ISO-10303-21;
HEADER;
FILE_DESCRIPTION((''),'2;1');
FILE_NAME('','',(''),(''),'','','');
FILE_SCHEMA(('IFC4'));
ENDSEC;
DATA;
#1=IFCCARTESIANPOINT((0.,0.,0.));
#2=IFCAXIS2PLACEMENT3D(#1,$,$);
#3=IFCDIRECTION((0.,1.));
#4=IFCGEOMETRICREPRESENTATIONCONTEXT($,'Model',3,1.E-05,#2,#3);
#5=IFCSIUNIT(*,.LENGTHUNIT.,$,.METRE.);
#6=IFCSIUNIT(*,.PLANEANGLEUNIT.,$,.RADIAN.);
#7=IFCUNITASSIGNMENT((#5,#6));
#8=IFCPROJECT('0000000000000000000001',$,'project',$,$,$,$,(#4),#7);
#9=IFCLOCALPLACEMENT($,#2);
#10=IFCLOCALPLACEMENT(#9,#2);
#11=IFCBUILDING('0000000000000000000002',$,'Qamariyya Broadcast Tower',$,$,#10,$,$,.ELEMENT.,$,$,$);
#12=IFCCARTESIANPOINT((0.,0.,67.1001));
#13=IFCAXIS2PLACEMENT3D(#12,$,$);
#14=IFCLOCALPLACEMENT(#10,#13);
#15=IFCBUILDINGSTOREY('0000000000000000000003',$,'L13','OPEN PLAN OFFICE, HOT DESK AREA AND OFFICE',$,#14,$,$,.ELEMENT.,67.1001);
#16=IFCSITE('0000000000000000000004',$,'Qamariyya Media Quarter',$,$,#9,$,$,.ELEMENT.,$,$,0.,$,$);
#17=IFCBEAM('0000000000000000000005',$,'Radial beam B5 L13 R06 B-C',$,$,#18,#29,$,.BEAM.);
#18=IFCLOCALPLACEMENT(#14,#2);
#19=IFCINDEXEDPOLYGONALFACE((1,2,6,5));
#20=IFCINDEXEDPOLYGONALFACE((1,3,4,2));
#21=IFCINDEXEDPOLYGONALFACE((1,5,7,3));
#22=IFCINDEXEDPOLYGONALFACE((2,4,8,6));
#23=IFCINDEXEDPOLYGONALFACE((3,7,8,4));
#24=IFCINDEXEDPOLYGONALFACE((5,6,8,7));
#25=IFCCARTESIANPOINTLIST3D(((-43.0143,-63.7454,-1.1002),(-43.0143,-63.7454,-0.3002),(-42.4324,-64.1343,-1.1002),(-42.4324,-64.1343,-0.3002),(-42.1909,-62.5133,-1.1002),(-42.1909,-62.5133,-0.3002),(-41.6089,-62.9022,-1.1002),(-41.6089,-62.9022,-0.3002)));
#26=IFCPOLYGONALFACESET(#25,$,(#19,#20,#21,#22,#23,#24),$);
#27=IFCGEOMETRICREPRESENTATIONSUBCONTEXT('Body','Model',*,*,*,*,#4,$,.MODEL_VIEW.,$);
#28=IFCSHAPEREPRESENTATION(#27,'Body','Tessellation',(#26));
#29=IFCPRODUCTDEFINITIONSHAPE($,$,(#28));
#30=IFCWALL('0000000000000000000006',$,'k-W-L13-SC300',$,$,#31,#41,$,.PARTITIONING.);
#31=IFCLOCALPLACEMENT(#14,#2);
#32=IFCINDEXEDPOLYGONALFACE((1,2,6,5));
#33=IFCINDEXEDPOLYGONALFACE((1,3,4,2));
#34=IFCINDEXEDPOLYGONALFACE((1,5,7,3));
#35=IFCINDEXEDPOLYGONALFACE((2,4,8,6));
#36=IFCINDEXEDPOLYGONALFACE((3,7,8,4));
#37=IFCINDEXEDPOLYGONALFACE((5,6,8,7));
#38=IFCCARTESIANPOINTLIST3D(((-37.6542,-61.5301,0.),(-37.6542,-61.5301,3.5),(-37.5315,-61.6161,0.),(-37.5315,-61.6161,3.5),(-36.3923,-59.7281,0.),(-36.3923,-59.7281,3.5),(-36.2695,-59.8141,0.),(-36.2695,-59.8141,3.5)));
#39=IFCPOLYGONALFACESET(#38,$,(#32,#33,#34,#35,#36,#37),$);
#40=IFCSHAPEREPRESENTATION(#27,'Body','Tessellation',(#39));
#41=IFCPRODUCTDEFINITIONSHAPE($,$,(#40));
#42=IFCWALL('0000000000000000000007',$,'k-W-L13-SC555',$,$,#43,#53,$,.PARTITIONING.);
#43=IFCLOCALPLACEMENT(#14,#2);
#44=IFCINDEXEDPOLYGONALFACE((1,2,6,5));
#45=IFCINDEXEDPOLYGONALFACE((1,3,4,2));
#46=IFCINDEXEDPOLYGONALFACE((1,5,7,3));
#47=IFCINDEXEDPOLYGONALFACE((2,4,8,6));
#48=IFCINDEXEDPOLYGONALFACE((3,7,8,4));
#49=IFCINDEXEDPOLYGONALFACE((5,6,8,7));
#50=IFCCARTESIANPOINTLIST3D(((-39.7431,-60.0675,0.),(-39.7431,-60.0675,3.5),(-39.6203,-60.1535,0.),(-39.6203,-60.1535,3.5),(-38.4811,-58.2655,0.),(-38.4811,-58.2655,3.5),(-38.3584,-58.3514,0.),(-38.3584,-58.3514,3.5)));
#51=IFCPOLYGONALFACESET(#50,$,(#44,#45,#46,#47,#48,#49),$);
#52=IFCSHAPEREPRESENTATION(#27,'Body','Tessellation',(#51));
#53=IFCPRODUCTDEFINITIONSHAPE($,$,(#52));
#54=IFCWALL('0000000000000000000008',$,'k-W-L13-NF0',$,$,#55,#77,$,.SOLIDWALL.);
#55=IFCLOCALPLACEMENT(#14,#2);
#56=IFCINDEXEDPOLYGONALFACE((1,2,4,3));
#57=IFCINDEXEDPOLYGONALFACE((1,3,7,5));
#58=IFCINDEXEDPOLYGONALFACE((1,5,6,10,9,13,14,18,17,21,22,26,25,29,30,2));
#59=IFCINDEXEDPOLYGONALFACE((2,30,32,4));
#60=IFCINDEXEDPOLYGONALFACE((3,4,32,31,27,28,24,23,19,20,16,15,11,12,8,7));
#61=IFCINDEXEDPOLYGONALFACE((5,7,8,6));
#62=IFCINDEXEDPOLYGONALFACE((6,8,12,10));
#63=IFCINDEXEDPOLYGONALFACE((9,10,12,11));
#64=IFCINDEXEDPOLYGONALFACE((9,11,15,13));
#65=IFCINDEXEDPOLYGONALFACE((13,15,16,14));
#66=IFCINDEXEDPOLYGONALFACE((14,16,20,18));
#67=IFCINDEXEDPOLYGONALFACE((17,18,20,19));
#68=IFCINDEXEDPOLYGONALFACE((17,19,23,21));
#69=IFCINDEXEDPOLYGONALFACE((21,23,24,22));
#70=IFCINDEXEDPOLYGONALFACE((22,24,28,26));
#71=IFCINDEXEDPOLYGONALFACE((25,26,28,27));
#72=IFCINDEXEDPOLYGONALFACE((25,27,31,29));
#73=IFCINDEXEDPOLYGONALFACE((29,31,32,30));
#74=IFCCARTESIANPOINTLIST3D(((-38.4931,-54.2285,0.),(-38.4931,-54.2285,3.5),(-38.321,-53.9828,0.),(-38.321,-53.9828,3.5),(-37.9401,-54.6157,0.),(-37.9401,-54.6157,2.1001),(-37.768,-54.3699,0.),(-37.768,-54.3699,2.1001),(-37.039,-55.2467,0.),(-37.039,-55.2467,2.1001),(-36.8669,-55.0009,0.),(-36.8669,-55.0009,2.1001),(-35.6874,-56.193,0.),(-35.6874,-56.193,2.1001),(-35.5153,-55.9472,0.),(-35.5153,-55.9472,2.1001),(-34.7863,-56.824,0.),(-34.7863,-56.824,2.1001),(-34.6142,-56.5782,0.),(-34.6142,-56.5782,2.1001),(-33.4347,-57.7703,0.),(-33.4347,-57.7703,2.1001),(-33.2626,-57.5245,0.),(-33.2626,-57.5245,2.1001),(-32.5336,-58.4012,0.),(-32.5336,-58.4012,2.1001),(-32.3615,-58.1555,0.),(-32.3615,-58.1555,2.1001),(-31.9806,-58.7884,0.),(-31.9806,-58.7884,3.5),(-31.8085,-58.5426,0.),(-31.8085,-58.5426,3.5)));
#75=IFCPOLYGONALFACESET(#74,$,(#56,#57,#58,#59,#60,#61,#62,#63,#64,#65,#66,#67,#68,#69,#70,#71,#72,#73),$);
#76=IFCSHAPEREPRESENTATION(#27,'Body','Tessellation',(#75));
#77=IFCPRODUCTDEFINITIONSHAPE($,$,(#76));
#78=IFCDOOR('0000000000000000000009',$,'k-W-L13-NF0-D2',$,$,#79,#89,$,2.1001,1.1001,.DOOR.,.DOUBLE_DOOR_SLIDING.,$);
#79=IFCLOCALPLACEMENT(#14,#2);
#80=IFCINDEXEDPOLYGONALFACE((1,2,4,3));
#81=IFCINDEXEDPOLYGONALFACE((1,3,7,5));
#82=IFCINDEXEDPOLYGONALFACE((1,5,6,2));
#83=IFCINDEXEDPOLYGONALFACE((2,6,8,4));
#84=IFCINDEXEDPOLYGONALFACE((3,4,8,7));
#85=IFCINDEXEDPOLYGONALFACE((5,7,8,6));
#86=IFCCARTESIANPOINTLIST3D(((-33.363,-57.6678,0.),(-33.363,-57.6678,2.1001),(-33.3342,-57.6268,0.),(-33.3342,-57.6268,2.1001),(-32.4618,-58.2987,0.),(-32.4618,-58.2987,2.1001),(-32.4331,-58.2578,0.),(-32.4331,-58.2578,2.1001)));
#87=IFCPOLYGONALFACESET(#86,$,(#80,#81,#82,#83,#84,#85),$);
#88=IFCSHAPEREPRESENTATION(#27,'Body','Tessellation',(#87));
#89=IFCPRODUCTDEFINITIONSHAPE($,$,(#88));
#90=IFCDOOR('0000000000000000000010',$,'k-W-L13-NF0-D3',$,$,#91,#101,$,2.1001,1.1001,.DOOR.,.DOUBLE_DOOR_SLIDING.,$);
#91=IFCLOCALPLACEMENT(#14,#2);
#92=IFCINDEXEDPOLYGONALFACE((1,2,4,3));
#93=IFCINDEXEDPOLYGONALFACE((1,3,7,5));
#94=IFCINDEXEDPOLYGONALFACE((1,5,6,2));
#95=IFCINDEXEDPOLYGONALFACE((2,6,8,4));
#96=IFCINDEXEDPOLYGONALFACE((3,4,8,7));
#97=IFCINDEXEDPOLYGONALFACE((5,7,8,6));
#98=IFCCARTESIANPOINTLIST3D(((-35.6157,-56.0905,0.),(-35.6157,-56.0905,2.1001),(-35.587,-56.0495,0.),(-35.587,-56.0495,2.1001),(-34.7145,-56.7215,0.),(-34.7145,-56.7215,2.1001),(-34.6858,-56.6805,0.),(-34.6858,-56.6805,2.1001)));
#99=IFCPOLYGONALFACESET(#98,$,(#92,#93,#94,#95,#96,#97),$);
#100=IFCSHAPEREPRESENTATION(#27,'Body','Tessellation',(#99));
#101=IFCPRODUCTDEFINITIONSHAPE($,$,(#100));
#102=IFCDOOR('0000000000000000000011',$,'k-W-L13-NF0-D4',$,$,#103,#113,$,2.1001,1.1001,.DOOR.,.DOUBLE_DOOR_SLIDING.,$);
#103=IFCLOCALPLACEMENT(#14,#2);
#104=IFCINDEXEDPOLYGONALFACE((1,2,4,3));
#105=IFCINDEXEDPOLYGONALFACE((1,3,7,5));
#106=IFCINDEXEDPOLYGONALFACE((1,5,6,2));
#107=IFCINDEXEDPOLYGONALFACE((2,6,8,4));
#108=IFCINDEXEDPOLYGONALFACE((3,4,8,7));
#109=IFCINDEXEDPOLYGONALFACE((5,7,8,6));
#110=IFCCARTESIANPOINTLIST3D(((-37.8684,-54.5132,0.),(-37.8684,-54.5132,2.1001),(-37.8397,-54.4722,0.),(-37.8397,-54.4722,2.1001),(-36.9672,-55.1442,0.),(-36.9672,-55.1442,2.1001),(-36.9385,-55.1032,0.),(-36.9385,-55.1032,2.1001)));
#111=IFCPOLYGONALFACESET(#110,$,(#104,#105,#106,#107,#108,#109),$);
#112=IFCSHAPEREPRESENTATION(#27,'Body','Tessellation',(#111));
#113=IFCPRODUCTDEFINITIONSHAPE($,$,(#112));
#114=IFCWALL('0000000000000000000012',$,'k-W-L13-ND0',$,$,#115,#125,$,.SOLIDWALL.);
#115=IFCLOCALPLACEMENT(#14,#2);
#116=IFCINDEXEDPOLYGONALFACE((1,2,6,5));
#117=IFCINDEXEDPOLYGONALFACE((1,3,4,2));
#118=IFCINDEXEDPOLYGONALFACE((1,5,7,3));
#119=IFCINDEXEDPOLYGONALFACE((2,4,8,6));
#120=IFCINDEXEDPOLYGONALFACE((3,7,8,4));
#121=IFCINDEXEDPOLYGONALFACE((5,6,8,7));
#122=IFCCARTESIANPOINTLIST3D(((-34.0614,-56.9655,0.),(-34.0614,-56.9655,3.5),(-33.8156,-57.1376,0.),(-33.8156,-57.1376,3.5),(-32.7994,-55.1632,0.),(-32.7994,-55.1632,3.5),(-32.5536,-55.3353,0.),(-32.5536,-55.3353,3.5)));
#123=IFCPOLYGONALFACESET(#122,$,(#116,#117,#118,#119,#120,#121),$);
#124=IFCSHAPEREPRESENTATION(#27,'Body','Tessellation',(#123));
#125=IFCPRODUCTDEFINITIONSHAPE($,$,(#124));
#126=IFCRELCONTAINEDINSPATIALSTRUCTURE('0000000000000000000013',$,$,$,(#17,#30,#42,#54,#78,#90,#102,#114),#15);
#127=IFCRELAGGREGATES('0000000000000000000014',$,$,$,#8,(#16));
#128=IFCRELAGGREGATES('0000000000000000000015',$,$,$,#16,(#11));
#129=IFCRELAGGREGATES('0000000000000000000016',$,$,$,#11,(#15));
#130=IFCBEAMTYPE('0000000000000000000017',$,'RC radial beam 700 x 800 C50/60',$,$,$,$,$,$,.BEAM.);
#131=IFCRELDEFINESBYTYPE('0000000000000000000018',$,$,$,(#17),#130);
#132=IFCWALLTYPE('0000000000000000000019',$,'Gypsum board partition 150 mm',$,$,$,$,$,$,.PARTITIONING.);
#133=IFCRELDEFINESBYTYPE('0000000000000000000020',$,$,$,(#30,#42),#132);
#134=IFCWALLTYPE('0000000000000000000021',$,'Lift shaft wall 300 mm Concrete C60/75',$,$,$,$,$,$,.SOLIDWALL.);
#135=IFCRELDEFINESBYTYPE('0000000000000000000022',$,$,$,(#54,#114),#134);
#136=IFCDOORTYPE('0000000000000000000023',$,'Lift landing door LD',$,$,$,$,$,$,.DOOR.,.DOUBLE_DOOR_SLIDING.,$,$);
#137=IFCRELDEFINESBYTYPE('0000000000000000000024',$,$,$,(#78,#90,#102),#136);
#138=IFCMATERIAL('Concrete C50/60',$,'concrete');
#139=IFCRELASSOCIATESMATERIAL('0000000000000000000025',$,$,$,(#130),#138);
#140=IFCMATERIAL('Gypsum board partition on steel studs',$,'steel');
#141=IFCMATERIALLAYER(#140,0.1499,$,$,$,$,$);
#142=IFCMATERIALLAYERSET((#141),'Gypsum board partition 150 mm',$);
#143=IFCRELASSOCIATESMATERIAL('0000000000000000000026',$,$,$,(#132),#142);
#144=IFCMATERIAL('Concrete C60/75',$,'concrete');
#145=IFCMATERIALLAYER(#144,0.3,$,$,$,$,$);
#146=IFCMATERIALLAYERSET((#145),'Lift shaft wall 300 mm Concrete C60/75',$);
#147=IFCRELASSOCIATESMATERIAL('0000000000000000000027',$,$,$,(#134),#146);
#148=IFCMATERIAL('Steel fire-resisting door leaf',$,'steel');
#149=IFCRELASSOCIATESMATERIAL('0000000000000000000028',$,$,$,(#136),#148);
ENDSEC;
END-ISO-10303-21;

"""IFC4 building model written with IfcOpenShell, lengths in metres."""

from ifc_helpers import new_model, si_unit, direction, frame, frame_2d, origin, origin_2d, place, context, subcontext, project, spatial, rectangle, extrude, material, layer, layer_set, material_profile, profile_set, type_object, element, fill, save


model = new_model("IFC4")

# Units and contexts
model_context = context("Model", 3, precision=1e-05, world=origin(), true_north=direction((0.0, 1.0)))
body_context = subcontext(model_context, "Body", "Model", "MODEL_VIEW")
ifc_project = project(units=[si_unit("LENGTHUNIT", "METRE"), si_unit("PLANEANGLEUNIT", "RADIAN")], contexts=[model_context])

# Site, building, storey
site_placement = place(None, origin())
site = spatial("IfcSite", under=ifc_project, at=site_placement, Name="Qamariyya Media Quarter", CompositionType="ELEMENT", RefElevation=0.0)
building_placement = place(site_placement, origin())
building = spatial("IfcBuilding", under=site, at=building_placement, Name="Qamariyya Broadcast Tower", CompositionType="ELEMENT")
storey_placement = place(building_placement, frame((0.0, 0.0, 67.1001)))
storey = spatial("IfcBuildingStorey", under=building, at=storey_placement, Name="L13", Description="OPEN PLAN OFFICE, HOT DESK AREA AND OFFICE", CompositionType="ELEMENT", Elevation=67.1001)

# Beam
ifc_material_1 = material(Name="Concrete C50/60", Category="concrete")
ifc_material_profile = material_profile(ifc_material_1, rectangle(XDim=0.7, YDim=0.8, at=origin_2d()))
ifc_profile_set = profile_set([ifc_material_profile], Name="Concrete C50/60")
beam_type = type_object("IfcBeamType", Name="RC radial beam 700 x 800 C50/60", PredefinedType="BEAM", material=ifc_profile_set)
beam_placement = place(storey_placement, frame((-41.8999, -62.7078, -0.7002), z_axis=(-0.55565, -0.831416, 0.0), x_axis=(0.831416, -0.55565, 0.0)))
element("IfcBeam", 1, at=beam_placement, inside=storey, type_object=beam_type, Name="Radial beam B5 L13 R06 B-C", PredefinedType="BEAM", context=body_context, shape_type="SweptSolid", body=[
    extrude(rectangle(XDim=0.7, YDim=0.8, at=origin_2d()), origin(), (0.0, 0.0, 1.0), 1.4819),
])

# Walls
ifc_material_2 = material(Name="Gypsum board partition on steel studs", Category="steel")
ifc_layer_1 = layer(ifc_material_2, 0.1499)
ifc_layer_set_1 = layer_set([ifc_layer_1], Name="Gypsum board partition 150 mm")
wall_type_1 = type_object("IfcWallType", Name="Gypsum board partition 150 mm", PredefinedType="PARTITIONING", material=ifc_layer_set_1)
for number, where, z_axis, x_axis, name in (
    (2, (-36.3308, -59.771, 0.0), (0.0, 0.0, 1.0), (-0.573634, -0.819112, 0.0), "k-W-L13-SC300"),
    (3, (-38.4197, -58.3083, 0.0), (0.0, 0.0, 1.0), (-0.573634, -0.819112, 0.0), "k-W-L13-SC555"),
):
    element("IfcWall", number, at=place(storey_placement, frame(where, z_axis=z_axis, x_axis=x_axis)), inside=storey, type_object=wall_type_1, Name=name, PredefinedType="PARTITIONING", context=body_context, shape_type="SweptSolid", body=[
        extrude(rectangle(XDim=2.2, YDim=0.1499, at=frame_2d((1.1001, 0.0))), origin(), (0.0, 0.0, 1.0), 3.5),
    ])

# Wall, openings, doors
ifc_material_3 = material(Name="Concrete C60/75", Category="concrete")
ifc_layer_2 = layer(ifc_material_3, 0.3)
ifc_layer_set_2 = layer_set([ifc_layer_2], Name="Lift shaft wall 300 mm Concrete C60/75")
wall_type_2 = type_object("IfcWallType", Name="Lift shaft wall 300 mm Concrete C60/75", PredefinedType="SOLIDWALL", material=ifc_layer_set_2)
wall_1_placement = place(storey_placement, frame((-31.8945, -58.6655, 0.0), z_axis=(0.0, 0.0, 1.0), x_axis=(-0.819167, 0.573555, 0.0)))
wall_1 = element("IfcWall", 4, at=wall_1_placement, inside=storey, type_object=wall_type_2, Name="k-W-L13-NF0", PredefinedType="SOLIDWALL", context=body_context, shape_type="SweptSolid", body=[
    extrude(rectangle(XDim=7.9502, YDim=0.3, at=frame_2d((3.9751, 0.0))), origin(), (0.0, 0.0, 1.0), 3.5),
])
opening_1_placement = place(wall_1_placement, frame((0.675, 0.0, 0.0)))
opening_1 = element("IfcOpeningElement", 5, at=opening_1_placement, cuts=wall_1, PredefinedType="OPENING", context=body_context, shape_type="SweptSolid", body=[
    extrude(rectangle(XDim=1.1001, YDim=2.1001, at=frame_2d((0.55, 1.05))), frame((0.0, 0.1599, 0.0), z_axis=(0.0, -1.0, 0.0), x_axis=(1.0, 0.0, 0.0)), (0.0, 0.0, 1.0), 0.3201),
])
opening_2_placement = place(wall_1_placement, frame((3.425, 0.0, 0.0)))
opening_2 = element("IfcOpeningElement", 6, at=opening_2_placement, cuts=wall_1, PredefinedType="OPENING", context=body_context, shape_type="SweptSolid", body=[
    extrude(rectangle(XDim=1.1001, YDim=2.1001, at=frame_2d((0.55, 1.05))), frame((0.0, 0.1599, 0.0), z_axis=(0.0, -1.0, 0.0), x_axis=(1.0, 0.0, 0.0)), (0.0, 0.0, 1.0), 0.3201),
])
opening_3_placement = place(wall_1_placement, frame((6.175, 0.0, 0.0)))
opening_3 = element("IfcOpeningElement", 7, at=opening_3_placement, cuts=wall_1, PredefinedType="OPENING", context=body_context, shape_type="SweptSolid", body=[
    extrude(rectangle(XDim=1.1001, YDim=2.1001, at=frame_2d((0.55, 1.05))), frame((0.0, 0.1599, 0.0), z_axis=(0.0, -1.0, 0.0), x_axis=(1.0, 0.0, 0.0)), (0.0, 0.0, 1.0), 0.3201),
])
ifc_material_4 = material(Name="Steel fire-resisting door leaf", Category="steel")
door_type_1 = type_object("IfcDoorType", Name="Lift landing door LD", OperationType="DOUBLE_DOOR_SLIDING", PredefinedType="DOOR", material=ifc_material_4)
door_1_placement = place(opening_1_placement, origin())
door_1 = element("IfcDoor", 8, at=door_1_placement, inside=storey, type_object=door_type_1, Name="k-W-L13-NF0-D2", OperationType="DOUBLE_DOOR_SLIDING", OverallHeight=2.1001, OverallWidth=1.1001, PredefinedType="DOOR", context=body_context, shape_type="SweptSolid", body=[
    extrude(rectangle(XDim=1.1001, YDim=2.1001, at=frame_2d((0.55, 1.05))), frame((0.0, 0.0249, 0.0), z_axis=(0.0, -1.0, 0.0), x_axis=(1.0, 0.0, 0.0)), (0.0, 0.0, 1.0), 0.05),
])
fill(opening_1, door_1)
door_2_placement = place(opening_2_placement, origin())
door_2 = element("IfcDoor", 9, at=door_2_placement, inside=storey, type_object=door_type_1, Name="k-W-L13-NF0-D3", OperationType="DOUBLE_DOOR_SLIDING", OverallHeight=2.1001, OverallWidth=1.1001, PredefinedType="DOOR", context=body_context, shape_type="SweptSolid", body=[
    extrude(rectangle(XDim=1.1001, YDim=2.1001, at=frame_2d((0.55, 1.05))), frame((0.0, 0.0249, 0.0), z_axis=(0.0, -1.0, 0.0), x_axis=(1.0, 0.0, 0.0)), (0.0, 0.0, 1.0), 0.05),
])
fill(opening_2, door_2)
door_3_placement = place(opening_3_placement, origin())
door_3 = element("IfcDoor", 10, at=door_3_placement, inside=storey, type_object=door_type_1, Name="k-W-L13-NF0-D4", OperationType="DOUBLE_DOOR_SLIDING", OverallHeight=2.1001, OverallWidth=1.1001, PredefinedType="DOOR", context=body_context, shape_type="SweptSolid", body=[
    extrude(rectangle(XDim=1.1001, YDim=2.1001, at=frame_2d((0.55, 1.05))), frame((0.0, 0.0249, 0.0), z_axis=(0.0, -1.0, 0.0), x_axis=(1.0, 0.0, 0.0)), (0.0, 0.0, 1.0), 0.05),
])
fill(opening_3, door_3)

# Wall
wall_2_placement = place(storey_placement, frame((-33.9385, -57.0515, 0.0), z_axis=(0.0, 0.0, 1.0), x_axis=(0.573581, 0.819149, 0.0)))
element("IfcWall", 11, at=wall_2_placement, inside=storey, type_object=wall_type_2, Name="k-W-L13-ND0", PredefinedType="SOLIDWALL", context=body_context, shape_type="SweptSolid", body=[
    extrude(rectangle(XDim=2.2002, YDim=0.3, at=frame_2d((1.1001, 0.0))), origin(), (0.0, 0.0, 1.0), 3.5),
])

save(model, "model.ifc")
